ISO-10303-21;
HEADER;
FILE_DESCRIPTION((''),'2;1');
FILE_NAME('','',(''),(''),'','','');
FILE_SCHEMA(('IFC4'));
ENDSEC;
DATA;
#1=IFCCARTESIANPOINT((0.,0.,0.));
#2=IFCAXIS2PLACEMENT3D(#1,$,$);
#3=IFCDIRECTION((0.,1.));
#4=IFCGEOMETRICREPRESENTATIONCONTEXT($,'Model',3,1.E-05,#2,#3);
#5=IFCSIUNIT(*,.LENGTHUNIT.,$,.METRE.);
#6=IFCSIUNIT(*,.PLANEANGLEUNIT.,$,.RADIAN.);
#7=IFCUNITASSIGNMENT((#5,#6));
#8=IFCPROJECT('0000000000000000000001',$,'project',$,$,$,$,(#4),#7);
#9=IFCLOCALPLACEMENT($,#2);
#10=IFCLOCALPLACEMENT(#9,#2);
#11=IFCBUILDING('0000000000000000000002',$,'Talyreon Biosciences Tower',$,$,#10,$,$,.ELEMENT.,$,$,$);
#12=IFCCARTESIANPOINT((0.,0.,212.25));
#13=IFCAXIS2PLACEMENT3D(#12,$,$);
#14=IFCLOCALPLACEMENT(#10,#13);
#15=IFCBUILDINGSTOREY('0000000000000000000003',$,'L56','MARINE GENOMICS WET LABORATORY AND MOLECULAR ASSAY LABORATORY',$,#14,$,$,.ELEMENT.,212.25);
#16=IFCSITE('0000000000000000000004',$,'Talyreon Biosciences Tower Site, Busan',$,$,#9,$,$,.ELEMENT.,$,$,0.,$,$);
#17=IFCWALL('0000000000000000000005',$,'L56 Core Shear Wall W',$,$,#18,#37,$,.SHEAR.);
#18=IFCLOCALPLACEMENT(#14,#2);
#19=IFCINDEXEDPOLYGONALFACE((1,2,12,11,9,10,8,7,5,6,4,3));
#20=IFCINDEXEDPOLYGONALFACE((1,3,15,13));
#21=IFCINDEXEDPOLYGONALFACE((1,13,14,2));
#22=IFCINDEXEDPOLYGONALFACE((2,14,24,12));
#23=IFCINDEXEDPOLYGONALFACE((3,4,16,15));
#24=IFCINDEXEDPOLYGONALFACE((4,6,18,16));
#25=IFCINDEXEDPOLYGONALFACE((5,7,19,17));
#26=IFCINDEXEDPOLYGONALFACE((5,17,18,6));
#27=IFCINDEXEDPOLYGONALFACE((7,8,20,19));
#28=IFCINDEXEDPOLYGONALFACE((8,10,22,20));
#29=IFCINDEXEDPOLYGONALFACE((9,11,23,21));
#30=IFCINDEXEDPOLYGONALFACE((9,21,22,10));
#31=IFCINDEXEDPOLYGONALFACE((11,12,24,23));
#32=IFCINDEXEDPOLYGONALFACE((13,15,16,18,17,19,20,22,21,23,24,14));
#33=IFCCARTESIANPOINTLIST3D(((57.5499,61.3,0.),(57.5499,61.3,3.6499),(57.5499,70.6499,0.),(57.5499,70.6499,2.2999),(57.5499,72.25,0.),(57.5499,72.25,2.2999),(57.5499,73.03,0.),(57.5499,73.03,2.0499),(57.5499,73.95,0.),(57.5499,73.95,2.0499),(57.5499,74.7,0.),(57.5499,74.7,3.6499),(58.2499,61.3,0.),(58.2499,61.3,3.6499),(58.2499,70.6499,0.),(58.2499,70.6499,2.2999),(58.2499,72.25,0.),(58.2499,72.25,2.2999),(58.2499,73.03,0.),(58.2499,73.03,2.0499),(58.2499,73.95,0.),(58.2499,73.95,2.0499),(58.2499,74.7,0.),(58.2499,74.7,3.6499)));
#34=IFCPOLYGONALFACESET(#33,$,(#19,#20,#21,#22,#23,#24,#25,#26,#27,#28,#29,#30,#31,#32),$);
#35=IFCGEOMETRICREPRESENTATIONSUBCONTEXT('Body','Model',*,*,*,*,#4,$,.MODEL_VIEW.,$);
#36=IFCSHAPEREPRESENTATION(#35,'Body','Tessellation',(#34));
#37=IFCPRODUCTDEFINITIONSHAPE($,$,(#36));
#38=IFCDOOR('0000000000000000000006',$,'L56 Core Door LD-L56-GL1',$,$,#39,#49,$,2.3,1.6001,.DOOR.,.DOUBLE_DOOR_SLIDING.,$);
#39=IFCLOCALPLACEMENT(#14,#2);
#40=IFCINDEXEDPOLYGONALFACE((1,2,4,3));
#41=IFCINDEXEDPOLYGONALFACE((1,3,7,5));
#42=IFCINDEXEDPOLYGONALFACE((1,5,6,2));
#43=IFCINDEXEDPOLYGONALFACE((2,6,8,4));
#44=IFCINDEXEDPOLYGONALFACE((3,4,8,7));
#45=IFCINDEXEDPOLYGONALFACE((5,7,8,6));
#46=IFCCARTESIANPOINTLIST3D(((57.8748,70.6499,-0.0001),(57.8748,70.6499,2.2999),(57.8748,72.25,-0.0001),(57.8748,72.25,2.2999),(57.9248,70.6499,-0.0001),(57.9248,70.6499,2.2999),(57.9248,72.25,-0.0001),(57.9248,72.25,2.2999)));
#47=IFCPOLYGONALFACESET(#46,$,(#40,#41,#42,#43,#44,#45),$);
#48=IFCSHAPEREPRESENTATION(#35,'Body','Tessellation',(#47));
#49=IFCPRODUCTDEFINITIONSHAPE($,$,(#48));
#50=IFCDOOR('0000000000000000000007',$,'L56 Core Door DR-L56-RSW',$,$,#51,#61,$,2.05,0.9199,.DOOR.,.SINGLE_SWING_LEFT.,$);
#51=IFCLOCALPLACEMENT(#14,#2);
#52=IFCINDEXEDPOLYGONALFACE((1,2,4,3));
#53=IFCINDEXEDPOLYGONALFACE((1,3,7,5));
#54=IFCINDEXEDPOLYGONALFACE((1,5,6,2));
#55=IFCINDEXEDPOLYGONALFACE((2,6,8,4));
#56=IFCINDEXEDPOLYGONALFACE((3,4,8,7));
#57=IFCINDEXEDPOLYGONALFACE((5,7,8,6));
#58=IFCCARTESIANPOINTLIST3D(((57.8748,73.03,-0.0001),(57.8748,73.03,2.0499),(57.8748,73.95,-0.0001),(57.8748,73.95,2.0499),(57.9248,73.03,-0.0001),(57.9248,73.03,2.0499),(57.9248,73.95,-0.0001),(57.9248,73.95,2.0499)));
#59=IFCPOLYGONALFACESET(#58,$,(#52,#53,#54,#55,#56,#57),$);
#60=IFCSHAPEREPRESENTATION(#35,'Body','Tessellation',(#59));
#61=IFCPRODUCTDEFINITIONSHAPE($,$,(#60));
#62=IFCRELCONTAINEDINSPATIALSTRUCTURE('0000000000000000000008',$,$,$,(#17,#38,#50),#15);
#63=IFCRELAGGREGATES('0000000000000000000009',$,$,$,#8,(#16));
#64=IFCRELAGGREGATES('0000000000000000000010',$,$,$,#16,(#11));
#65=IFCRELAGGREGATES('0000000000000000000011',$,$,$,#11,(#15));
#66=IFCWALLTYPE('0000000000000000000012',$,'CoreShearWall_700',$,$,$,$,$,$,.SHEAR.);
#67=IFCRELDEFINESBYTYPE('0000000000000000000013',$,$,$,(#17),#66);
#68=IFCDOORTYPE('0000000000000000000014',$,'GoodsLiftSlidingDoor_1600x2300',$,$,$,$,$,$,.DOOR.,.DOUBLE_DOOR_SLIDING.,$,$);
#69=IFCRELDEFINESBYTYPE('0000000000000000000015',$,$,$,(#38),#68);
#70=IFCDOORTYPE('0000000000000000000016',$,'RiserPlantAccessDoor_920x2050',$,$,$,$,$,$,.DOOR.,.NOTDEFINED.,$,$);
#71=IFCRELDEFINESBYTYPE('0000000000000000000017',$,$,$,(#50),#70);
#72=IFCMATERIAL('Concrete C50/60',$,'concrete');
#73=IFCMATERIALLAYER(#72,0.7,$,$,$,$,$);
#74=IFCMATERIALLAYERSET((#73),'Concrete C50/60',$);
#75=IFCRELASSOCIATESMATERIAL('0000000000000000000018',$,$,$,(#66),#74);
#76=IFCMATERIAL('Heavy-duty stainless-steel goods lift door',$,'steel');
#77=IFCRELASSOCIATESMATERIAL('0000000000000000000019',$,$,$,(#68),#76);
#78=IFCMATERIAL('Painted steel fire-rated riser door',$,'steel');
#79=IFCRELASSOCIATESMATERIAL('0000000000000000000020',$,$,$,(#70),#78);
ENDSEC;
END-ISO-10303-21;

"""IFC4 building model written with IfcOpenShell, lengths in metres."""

from ifc_helpers import new_model, si_unit, direction, frame, frame_2d, origin, place, context, subcontext, project, spatial, rectangle, extrude, material, layer, layer_set, type_object, element, fill, save


model = new_model("IFC4")

# Units and contexts
model_context = context("Model", 3, precision=1e-05, world=origin(), true_north=direction((0.0, 1.0)))
body_context = subcontext(model_context, "Body", "Model", "MODEL_VIEW")
ifc_project = project(units=[si_unit("LENGTHUNIT", "METRE"), si_unit("PLANEANGLEUNIT", "RADIAN")], contexts=[model_context])

# Site, building, storey
site_placement = place(None, origin())
site = spatial("IfcSite", under=ifc_project, at=site_placement, Name="Talyreon Biosciences Tower Site, Busan", CompositionType="ELEMENT", RefElevation=0.0)
building_placement = place(site_placement, origin())
building = spatial("IfcBuilding", under=site, at=building_placement, Name="Talyreon Biosciences Tower", CompositionType="ELEMENT")
storey_placement = place(building_placement, frame((0.0, 0.0, 212.25)))
storey = spatial("IfcBuildingStorey", under=building, at=storey_placement, Name="L56", Description="MARINE GENOMICS WET LABORATORY AND MOLECULAR ASSAY LABORATORY", CompositionType="ELEMENT", Elevation=212.25)

# Shared definitions
ifc_material_1 = material(Name="Concrete C50/60", Category="concrete")

# Shared definitions
ifc_layer_1 = layer(ifc_material_1, 0.7)
ifc_layer_set_1 = layer_set([ifc_layer_1], Name="Concrete C50/60")
wall_type_1 = type_object("IfcWallType", Name="CoreShearWall_700", PredefinedType="SHEAR", material=ifc_layer_set_1)

# Wall, openings, doors
wall_1_placement = place(storey_placement, frame((57.8999, 74.7, 0.0), z_axis=(0.0, 0.0, 1.0), x_axis=(0.0, -1.0, 0.0)))
wall_1 = element("IfcWall", 1, at=wall_1_placement, inside=storey, type_object=wall_type_1, Name="L56 Core Shear Wall W", PredefinedType="SHEAR", context=body_context, shape_type="SweptSolid", body=[
    extrude(rectangle(XDim=13.3999, YDim=0.7, at=frame_2d((6.7, 0.0))), origin(), (0.0, 0.0, 1.0), 3.6499),
])
opening_1_placement = place(wall_1_placement, frame((0.75, 0.0, 0.0)))
opening_1 = element("IfcOpeningElement", 2, at=opening_1_placement, cuts=wall_1, PredefinedType="OPENING", context=body_context, shape_type="SweptSolid", body=[
    extrude(rectangle(XDim=0.9199, YDim=2.05, at=frame_2d((0.46, 1.0249))), frame((0.0, 0.3599, 0.0), z_axis=(0.0, -1.0, 0.0), x_axis=(1.0, 0.0, 0.0)), (0.0, 0.0, 1.0), 0.72),
])
opening_2_placement = place(wall_1_placement, frame((2.45, 0.0, 0.0)))
opening_2 = element("IfcOpeningElement", 3, at=opening_2_placement, cuts=wall_1, PredefinedType="OPENING", context=body_context, shape_type="SweptSolid", body=[
    extrude(rectangle(XDim=1.6001, YDim=2.3, at=frame_2d((0.8, 1.1499))), frame((0.0, 0.3599, 0.0), z_axis=(0.0, -1.0, 0.0), x_axis=(1.0, 0.0, 0.0)), (0.0, 0.0, 1.0), 0.72),
])
ifc_material_2 = material(Name="Heavy-duty stainless-steel goods lift door", Category="steel")
door_type_1 = type_object("IfcDoorType", Name="GoodsLiftSlidingDoor_1600x2300", OperationType="DOUBLE_DOOR_SLIDING", PredefinedType="DOOR", material=ifc_material_2)
door_1_placement = place(opening_2_placement, origin())
door_1 = element("IfcDoor", 4, at=door_1_placement, inside=storey, type_object=door_type_1, Name="L56 Core Door LD-L56-GL1", OperationType="DOUBLE_DOOR_SLIDING", OverallHeight=2.3, OverallWidth=1.6001, PredefinedType="DOOR", context=body_context, shape_type="SweptSolid", body=[
    extrude(rectangle(XDim=1.6001, YDim=2.3, at=frame_2d((0.8, 1.1499))), frame((0.0, 0.0249, 0.0), z_axis=(0.0, -1.0, 0.0), x_axis=(1.0, 0.0, 0.0)), (0.0, 0.0, 1.0), 0.05),
])
fill(opening_2, door_1)
ifc_material_3 = material(Name="Painted steel fire-rated riser door", Category="steel")
door_type_2 = type_object("IfcDoorType", Name="RiserPlantAccessDoor_920x2050", OperationType="NOTDEFINED", PredefinedType="DOOR", material=ifc_material_3)
door_2_placement = place(opening_1_placement, origin())
door_2 = element("IfcDoor", 5, at=door_2_placement, inside=storey, type_object=door_type_2, Name="L56 Core Door DR-L56-RSW", OperationType="SINGLE_SWING_LEFT", OverallHeight=2.05, OverallWidth=0.9199, PredefinedType="DOOR", context=body_context, shape_type="SweptSolid", body=[
    extrude(rectangle(XDim=0.9199, YDim=2.05, at=frame_2d((0.46, 1.0249))), frame((0.0, 0.0249, 0.0), z_axis=(0.0, -1.0, 0.0), x_axis=(1.0, 0.0, 0.0)), (0.0, 0.0, 1.0), 0.05),
])
fill(opening_1, door_2)

save(model, "model.ifc")
